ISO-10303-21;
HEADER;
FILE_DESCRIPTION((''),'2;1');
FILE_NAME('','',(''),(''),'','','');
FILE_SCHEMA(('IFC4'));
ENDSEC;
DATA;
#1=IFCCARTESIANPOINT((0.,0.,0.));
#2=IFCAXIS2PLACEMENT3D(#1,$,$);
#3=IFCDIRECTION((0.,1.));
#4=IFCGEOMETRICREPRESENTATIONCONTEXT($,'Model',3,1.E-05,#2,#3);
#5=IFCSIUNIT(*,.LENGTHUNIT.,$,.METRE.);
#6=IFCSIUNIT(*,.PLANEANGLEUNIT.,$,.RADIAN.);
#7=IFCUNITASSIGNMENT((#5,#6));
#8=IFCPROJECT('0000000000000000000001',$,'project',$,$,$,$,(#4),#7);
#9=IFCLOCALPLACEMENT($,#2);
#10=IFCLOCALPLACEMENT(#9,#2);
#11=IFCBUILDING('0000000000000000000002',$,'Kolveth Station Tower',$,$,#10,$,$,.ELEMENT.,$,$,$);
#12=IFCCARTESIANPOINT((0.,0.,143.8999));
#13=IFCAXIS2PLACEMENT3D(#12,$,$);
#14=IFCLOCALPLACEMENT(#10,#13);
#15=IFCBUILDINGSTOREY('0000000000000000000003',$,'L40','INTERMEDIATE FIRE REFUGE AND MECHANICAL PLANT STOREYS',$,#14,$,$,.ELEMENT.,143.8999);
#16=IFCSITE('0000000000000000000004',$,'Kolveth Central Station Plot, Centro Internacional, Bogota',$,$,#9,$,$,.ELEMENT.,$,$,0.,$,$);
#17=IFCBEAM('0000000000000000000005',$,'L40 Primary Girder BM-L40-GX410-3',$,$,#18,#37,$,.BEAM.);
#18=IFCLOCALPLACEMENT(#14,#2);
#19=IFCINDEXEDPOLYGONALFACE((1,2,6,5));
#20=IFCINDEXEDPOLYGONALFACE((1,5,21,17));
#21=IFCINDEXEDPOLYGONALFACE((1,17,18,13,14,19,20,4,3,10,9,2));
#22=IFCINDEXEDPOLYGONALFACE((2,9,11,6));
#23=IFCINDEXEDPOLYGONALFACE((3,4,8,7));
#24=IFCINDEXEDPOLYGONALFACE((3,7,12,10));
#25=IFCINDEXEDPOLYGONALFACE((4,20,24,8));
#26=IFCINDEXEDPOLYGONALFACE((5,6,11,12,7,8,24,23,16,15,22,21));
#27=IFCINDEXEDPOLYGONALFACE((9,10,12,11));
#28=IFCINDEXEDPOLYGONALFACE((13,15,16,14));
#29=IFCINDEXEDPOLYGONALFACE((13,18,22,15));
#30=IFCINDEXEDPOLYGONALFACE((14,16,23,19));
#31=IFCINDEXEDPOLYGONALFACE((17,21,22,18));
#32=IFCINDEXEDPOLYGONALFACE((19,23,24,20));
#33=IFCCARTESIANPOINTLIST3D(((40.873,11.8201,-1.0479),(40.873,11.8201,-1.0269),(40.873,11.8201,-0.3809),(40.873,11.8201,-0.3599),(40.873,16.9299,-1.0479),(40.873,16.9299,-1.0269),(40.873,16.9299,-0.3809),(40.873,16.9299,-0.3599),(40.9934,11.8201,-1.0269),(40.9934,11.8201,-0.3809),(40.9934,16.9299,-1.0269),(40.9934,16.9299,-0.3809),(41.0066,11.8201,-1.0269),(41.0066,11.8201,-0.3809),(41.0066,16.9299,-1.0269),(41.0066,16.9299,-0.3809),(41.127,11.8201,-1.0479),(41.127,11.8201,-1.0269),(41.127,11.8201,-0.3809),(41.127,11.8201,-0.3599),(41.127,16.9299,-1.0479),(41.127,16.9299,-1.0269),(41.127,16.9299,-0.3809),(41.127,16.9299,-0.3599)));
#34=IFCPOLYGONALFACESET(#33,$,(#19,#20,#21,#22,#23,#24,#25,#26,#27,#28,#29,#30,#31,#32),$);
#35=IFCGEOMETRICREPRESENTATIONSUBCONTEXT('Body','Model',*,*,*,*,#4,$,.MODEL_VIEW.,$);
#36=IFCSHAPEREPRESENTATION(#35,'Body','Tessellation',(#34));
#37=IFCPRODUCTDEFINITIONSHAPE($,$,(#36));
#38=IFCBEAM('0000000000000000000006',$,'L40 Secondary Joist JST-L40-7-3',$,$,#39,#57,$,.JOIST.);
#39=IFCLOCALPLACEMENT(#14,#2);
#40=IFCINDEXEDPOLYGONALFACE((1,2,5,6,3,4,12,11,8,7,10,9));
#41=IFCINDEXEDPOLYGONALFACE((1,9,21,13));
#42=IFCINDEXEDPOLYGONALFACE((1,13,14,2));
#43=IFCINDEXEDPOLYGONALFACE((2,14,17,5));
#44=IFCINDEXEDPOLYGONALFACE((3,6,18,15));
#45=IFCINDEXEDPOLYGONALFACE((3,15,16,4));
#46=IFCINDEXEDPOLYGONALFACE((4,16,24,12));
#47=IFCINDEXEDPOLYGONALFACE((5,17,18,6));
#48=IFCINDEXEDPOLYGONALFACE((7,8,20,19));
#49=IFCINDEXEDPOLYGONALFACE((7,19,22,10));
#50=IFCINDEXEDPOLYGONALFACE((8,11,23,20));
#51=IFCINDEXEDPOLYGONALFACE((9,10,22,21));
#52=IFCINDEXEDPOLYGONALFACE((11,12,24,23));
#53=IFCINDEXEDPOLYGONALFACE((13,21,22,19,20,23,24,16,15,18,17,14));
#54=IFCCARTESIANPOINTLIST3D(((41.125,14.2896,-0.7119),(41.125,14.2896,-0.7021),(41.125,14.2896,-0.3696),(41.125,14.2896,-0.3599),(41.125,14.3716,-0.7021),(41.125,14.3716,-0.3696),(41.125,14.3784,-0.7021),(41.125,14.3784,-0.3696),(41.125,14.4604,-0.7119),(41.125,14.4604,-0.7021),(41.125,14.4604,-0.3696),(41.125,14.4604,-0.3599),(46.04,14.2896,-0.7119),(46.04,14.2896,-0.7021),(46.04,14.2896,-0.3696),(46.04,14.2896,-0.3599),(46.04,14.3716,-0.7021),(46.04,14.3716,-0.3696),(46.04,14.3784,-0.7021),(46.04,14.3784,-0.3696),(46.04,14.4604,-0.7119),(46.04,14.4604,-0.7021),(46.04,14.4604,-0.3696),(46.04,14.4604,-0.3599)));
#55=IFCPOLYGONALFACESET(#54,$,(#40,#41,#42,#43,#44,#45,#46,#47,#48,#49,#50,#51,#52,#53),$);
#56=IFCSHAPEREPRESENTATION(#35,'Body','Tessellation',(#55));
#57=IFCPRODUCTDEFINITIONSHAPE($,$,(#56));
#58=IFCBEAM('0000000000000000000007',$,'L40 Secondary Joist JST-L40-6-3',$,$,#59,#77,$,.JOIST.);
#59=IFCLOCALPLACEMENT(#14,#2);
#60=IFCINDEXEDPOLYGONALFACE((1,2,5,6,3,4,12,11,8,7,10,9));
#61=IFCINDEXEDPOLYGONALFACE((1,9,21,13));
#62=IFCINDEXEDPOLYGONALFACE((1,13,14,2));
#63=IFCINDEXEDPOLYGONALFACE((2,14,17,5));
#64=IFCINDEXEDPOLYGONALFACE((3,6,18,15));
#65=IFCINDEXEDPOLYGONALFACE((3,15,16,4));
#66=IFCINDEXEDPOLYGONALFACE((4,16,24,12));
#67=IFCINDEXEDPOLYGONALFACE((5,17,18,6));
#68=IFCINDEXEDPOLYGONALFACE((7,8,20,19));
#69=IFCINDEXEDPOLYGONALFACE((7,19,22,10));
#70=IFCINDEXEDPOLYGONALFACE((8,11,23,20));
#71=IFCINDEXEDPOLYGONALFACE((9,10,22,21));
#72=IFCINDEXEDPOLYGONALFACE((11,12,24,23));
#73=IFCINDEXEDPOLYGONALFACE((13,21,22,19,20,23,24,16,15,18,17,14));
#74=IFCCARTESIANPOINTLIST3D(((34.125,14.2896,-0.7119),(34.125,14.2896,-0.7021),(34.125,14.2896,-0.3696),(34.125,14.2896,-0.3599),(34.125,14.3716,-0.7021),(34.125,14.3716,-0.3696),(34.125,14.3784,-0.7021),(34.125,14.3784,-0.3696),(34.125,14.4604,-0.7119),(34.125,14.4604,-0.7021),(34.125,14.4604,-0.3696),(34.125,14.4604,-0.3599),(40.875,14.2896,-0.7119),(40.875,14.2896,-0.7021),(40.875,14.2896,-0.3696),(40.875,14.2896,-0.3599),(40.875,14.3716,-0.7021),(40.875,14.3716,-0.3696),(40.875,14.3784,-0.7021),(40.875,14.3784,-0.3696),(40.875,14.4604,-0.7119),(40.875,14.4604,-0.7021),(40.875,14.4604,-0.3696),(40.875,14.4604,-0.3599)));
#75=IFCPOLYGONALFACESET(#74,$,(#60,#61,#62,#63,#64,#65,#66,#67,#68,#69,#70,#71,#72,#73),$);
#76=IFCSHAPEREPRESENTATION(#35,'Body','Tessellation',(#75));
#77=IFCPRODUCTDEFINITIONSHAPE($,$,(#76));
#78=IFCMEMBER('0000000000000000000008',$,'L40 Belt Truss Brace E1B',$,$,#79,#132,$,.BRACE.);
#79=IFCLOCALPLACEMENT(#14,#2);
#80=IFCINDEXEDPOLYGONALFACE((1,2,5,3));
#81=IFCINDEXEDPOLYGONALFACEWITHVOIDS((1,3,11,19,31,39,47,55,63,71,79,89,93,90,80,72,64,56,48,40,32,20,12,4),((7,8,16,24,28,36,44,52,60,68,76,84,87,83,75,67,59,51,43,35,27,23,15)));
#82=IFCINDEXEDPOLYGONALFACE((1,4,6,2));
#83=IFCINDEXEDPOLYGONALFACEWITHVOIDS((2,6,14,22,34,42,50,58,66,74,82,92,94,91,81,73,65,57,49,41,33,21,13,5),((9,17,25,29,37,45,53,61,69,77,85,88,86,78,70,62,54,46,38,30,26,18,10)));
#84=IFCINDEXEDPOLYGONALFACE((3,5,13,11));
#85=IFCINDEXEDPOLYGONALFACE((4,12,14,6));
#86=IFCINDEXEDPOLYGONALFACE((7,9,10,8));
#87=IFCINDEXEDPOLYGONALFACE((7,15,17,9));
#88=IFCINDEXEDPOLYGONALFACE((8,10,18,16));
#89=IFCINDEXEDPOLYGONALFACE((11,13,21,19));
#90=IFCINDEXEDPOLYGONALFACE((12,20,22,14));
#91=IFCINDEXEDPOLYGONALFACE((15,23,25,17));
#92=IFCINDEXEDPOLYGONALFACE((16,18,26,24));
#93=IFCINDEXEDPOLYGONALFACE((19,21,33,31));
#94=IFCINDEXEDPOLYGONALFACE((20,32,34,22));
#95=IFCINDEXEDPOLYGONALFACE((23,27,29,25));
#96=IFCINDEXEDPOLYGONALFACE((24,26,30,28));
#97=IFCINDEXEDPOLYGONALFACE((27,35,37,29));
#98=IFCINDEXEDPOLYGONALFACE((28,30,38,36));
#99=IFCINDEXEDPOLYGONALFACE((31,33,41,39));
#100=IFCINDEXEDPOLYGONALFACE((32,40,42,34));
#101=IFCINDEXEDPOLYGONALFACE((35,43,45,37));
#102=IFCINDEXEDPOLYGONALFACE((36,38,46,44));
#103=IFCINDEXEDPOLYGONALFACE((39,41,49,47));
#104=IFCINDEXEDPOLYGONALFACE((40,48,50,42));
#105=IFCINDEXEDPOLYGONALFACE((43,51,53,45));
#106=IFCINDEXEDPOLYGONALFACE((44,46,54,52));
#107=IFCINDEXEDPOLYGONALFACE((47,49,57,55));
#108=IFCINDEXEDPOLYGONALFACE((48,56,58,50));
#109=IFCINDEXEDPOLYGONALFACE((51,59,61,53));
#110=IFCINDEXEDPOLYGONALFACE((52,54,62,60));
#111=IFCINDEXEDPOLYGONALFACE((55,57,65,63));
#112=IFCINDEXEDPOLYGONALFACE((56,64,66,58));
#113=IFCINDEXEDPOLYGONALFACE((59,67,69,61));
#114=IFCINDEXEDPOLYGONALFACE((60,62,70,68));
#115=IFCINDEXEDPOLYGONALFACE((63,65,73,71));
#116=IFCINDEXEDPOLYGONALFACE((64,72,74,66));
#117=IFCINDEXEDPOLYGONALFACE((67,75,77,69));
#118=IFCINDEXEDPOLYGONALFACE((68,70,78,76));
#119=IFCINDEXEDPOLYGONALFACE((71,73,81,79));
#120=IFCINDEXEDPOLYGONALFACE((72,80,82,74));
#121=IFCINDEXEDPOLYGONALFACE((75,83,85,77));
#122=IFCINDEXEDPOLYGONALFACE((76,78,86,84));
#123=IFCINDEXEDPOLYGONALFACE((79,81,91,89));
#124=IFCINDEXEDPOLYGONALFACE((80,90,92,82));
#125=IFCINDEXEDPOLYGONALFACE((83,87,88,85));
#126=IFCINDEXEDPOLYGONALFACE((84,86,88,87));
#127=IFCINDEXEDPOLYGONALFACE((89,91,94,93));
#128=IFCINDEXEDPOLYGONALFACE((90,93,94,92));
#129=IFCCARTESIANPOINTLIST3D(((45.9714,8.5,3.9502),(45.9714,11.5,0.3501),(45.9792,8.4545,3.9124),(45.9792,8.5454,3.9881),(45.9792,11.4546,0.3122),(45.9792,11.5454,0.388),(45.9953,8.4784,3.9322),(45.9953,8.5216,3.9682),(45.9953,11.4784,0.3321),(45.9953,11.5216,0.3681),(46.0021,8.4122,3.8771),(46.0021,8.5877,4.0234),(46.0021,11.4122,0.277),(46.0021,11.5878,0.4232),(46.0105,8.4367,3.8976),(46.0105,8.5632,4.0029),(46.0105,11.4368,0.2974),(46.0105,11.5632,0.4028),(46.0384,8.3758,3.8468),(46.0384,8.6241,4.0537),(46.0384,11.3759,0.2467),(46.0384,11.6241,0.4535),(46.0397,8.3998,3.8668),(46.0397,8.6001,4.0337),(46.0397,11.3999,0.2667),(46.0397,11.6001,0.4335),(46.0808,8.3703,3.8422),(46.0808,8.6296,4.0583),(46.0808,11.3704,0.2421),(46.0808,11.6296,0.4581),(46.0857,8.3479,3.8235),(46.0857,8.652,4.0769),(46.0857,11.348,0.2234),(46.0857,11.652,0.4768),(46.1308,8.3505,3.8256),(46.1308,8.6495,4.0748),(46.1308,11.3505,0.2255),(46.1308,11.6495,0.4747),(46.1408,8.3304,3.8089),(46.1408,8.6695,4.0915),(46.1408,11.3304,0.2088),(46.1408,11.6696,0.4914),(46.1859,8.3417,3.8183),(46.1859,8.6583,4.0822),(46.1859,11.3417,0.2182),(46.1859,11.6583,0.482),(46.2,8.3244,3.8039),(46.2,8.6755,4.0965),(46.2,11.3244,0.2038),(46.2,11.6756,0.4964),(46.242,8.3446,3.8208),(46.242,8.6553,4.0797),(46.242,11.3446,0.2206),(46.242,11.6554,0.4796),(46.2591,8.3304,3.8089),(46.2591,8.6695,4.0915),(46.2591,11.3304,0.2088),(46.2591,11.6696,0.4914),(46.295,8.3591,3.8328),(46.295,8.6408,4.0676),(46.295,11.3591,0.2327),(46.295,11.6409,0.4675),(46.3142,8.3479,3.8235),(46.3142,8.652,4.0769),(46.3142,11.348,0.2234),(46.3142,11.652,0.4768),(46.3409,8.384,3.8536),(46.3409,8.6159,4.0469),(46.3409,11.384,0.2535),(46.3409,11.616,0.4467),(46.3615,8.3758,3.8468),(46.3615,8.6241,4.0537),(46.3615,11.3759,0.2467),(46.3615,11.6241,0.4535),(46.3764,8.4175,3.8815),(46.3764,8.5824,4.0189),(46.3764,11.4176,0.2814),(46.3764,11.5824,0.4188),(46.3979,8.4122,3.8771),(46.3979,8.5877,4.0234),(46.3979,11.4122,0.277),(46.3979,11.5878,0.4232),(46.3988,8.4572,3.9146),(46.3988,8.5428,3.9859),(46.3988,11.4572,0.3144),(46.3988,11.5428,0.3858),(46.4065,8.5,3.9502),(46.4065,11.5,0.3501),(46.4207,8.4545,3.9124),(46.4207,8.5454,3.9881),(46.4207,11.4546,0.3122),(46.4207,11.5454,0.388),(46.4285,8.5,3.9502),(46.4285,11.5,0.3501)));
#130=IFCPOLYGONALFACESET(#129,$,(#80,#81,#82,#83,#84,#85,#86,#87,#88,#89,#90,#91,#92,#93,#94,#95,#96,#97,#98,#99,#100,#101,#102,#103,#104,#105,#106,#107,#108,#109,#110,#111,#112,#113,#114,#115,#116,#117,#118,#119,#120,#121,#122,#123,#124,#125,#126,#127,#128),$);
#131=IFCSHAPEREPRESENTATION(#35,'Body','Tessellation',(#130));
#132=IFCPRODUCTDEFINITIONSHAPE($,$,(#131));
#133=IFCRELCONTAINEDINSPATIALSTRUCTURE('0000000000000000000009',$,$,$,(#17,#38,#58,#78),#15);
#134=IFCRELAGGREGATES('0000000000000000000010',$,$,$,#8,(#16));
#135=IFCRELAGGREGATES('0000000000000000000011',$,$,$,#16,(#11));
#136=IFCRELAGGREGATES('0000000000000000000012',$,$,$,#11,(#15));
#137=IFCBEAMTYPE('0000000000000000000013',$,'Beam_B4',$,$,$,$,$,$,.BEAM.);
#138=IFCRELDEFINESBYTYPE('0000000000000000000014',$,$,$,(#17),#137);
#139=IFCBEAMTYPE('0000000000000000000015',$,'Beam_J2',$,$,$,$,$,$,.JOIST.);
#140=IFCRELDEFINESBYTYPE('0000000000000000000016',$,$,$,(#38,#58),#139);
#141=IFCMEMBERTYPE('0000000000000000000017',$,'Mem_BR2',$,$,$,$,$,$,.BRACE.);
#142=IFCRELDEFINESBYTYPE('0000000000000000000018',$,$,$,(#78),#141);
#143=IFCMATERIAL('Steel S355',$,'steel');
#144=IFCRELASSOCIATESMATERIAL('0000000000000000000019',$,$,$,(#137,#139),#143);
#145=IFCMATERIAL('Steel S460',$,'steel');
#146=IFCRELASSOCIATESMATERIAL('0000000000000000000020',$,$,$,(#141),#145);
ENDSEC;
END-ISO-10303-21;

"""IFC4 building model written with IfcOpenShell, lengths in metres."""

from ifc_helpers import new_model, si_unit, direction, frame, origin, origin_2d, place, context, subcontext, project, spatial, hollow_circle, i_section, extrude, source, transform, mapped, material, material_profile, profile_set, type_object, element, save


model = new_model("IFC4")

# Units and contexts
model_context = context("Model", 3, precision=1e-05, world=origin(), true_north=direction((0.0, 1.0)))
body_context = subcontext(model_context, "Body", "Model", "MODEL_VIEW")
ifc_project = project(units=[si_unit("LENGTHUNIT", "METRE"), si_unit("PLANEANGLEUNIT", "RADIAN")], contexts=[model_context])

# Site, building, storey
site_placement = place(None, origin())
site = spatial("IfcSite", under=ifc_project, at=site_placement, Name="Kolveth Central Station Plot, Centro Internacional, Bogota", CompositionType="ELEMENT", RefElevation=0.0)
building_placement = place(site_placement, origin())
building = spatial("IfcBuilding", under=site, at=building_placement, Name="Kolveth Station Tower", CompositionType="ELEMENT")
storey_placement = place(building_placement, frame((0.0, 0.0, 143.8999)))
storey = spatial("IfcBuildingStorey", under=building, at=storey_placement, Name="L40", Description="INTERMEDIATE FIRE REFUGE AND MECHANICAL PLANT STOREYS", CompositionType="ELEMENT", Elevation=143.8999)

# Shared definitions
ifc_material_1 = material(Name="Steel S460", Category="steel")

# Beams
ifc_material_2 = material(Name="Steel S355", Category="steel")
ifc_material_profile_1 = material_profile(ifc_material_2, i_section(OverallWidth=0.2539, OverallDepth=0.688, WebThickness=0.0132, FlangeThickness=0.021, at=origin_2d()), Name="W690x152")
ifc_profile_set_1 = profile_set([ifc_material_profile_1], Name="Steel S355")
beam_type_1 = type_object("IfcBeamType", Name="Beam_B4", PredefinedType="BEAM", material=ifc_profile_set_1)
shared_shape_1 = source(origin(), body_context, "Body", "SweptSolid", [
    extrude(i_section(OverallWidth=0.2539, OverallDepth=0.688, WebThickness=0.0132, FlangeThickness=0.021, at=origin_2d()), origin(), (0.0, 0.0, 1.0), 5.1099),
])
beam_1_placement = place(storey_placement, frame((41.0, 11.8201, -0.7039), z_axis=(0.0, 1.0, 0.0), x_axis=(-1.0, 0.0, 0.0)))
element("IfcBeam", 1, at=beam_1_placement, inside=storey, type_object=beam_type_1, Name="L40 Primary Girder BM-L40-GX410-3", PredefinedType="BEAM", context=body_context, shape_type="MappedRepresentation", body=[
    mapped(shared_shape_1, transform((0.0, 0.0, 0.0), x_axis=(1.0, 0.0, 0.0), y_axis=(0.0, 1.0, 0.0), z_axis=(0.0, 0.0, 1.0), scale=1.0)),
])
ifc_material_profile_2 = material_profile(ifc_material_2, i_section(OverallWidth=0.1709, OverallDepth=0.3521, WebThickness=0.0068, FlangeThickness=0.0098, at=origin_2d()), Name="W360x44")
ifc_profile_set_2 = profile_set([ifc_material_profile_2], Name="Steel S355")
beam_type_2 = type_object("IfcBeamType", Name="Beam_J2", PredefinedType="JOIST", material=ifc_profile_set_2)
shared_shape_2 = source(origin(), body_context, "Body", "SweptSolid", [
    extrude(i_section(OverallWidth=0.1709, OverallDepth=0.3521, WebThickness=0.0068, FlangeThickness=0.0098, at=origin_2d()), origin(), (0.0, 0.0, 1.0), 4.915),
])
beam_2_placement = place(storey_placement, frame((41.125, 14.375, -0.5359), z_axis=(1.0, 0.0, 0.0), x_axis=(0.0, 1.0, 0.0)))
element("IfcBeam", 2, at=beam_2_placement, inside=storey, type_object=beam_type_2, Name="L40 Secondary Joist JST-L40-7-3", PredefinedType="JOIST", context=body_context, shape_type="MappedRepresentation", body=[
    mapped(shared_shape_2, transform((0.0, 0.0, 0.0), x_axis=(1.0, 0.0, 0.0), y_axis=(0.0, 1.0, 0.0), z_axis=(0.0, 0.0, 1.0), scale=1.0)),
])
shared_shape_3 = source(origin(), body_context, "Body", "SweptSolid", [
    extrude(i_section(OverallWidth=0.1709, OverallDepth=0.3521, WebThickness=0.0068, FlangeThickness=0.0098, at=origin_2d()), origin(), (0.0, 0.0, 1.0), 6.75),
])
beam_3_placement = place(storey_placement, frame((34.125, 14.375, -0.5359), z_axis=(1.0, 0.0, 0.0), x_axis=(0.0, 1.0, 0.0)))
element("IfcBeam", 3, at=beam_3_placement, inside=storey, type_object=beam_type_2, Name="L40 Secondary Joist JST-L40-6-3", PredefinedType="JOIST", context=body_context, shape_type="MappedRepresentation", body=[
    mapped(shared_shape_3, transform((0.0, 0.0, 0.0), x_axis=(1.0, 0.0, 0.0), y_axis=(0.0, 1.0, 0.0), z_axis=(0.0, 0.0, 1.0), scale=1.0)),
])

# Member
ifc_material_profile_3 = material_profile(ifc_material_1, hollow_circle(Radius=0.2285, WallThickness=0.022, at=origin_2d()), Name="CHS457x22")
ifc_profile_set_3 = profile_set([ifc_material_profile_3], Name="Steel S460")
member_type_1 = type_object("IfcMemberType", Name="Mem_BR2", PredefinedType="BRACE", material=ifc_profile_set_3)
shared_shape_4 = source(origin(), body_context, "Body", "SweptSolid", [
    extrude(hollow_circle(Radius=0.2285, WallThickness=0.022, at=origin_2d()), origin(), (0.0, 0.0, 1.0), 4.6863),
])
member_placement = place(storey_placement, frame((46.2, 11.5, 0.3501), z_axis=(0.0, -0.640174, 0.76823), x_axis=(1.0, 0.0, 0.0)))
element("IfcMember", 4, at=member_placement, inside=storey, type_object=member_type_1, Name="L40 Belt Truss Brace E1B", PredefinedType="BRACE", context=body_context, shape_type="MappedRepresentation", body=[
    mapped(shared_shape_4, transform((0.0, 0.0, 0.0), x_axis=(1.0, 0.0, 0.0), y_axis=(0.0, 1.0, 0.0), z_axis=(0.0, 0.0, 1.0), scale=1.0)),
])

save(model, "model.ifc")
